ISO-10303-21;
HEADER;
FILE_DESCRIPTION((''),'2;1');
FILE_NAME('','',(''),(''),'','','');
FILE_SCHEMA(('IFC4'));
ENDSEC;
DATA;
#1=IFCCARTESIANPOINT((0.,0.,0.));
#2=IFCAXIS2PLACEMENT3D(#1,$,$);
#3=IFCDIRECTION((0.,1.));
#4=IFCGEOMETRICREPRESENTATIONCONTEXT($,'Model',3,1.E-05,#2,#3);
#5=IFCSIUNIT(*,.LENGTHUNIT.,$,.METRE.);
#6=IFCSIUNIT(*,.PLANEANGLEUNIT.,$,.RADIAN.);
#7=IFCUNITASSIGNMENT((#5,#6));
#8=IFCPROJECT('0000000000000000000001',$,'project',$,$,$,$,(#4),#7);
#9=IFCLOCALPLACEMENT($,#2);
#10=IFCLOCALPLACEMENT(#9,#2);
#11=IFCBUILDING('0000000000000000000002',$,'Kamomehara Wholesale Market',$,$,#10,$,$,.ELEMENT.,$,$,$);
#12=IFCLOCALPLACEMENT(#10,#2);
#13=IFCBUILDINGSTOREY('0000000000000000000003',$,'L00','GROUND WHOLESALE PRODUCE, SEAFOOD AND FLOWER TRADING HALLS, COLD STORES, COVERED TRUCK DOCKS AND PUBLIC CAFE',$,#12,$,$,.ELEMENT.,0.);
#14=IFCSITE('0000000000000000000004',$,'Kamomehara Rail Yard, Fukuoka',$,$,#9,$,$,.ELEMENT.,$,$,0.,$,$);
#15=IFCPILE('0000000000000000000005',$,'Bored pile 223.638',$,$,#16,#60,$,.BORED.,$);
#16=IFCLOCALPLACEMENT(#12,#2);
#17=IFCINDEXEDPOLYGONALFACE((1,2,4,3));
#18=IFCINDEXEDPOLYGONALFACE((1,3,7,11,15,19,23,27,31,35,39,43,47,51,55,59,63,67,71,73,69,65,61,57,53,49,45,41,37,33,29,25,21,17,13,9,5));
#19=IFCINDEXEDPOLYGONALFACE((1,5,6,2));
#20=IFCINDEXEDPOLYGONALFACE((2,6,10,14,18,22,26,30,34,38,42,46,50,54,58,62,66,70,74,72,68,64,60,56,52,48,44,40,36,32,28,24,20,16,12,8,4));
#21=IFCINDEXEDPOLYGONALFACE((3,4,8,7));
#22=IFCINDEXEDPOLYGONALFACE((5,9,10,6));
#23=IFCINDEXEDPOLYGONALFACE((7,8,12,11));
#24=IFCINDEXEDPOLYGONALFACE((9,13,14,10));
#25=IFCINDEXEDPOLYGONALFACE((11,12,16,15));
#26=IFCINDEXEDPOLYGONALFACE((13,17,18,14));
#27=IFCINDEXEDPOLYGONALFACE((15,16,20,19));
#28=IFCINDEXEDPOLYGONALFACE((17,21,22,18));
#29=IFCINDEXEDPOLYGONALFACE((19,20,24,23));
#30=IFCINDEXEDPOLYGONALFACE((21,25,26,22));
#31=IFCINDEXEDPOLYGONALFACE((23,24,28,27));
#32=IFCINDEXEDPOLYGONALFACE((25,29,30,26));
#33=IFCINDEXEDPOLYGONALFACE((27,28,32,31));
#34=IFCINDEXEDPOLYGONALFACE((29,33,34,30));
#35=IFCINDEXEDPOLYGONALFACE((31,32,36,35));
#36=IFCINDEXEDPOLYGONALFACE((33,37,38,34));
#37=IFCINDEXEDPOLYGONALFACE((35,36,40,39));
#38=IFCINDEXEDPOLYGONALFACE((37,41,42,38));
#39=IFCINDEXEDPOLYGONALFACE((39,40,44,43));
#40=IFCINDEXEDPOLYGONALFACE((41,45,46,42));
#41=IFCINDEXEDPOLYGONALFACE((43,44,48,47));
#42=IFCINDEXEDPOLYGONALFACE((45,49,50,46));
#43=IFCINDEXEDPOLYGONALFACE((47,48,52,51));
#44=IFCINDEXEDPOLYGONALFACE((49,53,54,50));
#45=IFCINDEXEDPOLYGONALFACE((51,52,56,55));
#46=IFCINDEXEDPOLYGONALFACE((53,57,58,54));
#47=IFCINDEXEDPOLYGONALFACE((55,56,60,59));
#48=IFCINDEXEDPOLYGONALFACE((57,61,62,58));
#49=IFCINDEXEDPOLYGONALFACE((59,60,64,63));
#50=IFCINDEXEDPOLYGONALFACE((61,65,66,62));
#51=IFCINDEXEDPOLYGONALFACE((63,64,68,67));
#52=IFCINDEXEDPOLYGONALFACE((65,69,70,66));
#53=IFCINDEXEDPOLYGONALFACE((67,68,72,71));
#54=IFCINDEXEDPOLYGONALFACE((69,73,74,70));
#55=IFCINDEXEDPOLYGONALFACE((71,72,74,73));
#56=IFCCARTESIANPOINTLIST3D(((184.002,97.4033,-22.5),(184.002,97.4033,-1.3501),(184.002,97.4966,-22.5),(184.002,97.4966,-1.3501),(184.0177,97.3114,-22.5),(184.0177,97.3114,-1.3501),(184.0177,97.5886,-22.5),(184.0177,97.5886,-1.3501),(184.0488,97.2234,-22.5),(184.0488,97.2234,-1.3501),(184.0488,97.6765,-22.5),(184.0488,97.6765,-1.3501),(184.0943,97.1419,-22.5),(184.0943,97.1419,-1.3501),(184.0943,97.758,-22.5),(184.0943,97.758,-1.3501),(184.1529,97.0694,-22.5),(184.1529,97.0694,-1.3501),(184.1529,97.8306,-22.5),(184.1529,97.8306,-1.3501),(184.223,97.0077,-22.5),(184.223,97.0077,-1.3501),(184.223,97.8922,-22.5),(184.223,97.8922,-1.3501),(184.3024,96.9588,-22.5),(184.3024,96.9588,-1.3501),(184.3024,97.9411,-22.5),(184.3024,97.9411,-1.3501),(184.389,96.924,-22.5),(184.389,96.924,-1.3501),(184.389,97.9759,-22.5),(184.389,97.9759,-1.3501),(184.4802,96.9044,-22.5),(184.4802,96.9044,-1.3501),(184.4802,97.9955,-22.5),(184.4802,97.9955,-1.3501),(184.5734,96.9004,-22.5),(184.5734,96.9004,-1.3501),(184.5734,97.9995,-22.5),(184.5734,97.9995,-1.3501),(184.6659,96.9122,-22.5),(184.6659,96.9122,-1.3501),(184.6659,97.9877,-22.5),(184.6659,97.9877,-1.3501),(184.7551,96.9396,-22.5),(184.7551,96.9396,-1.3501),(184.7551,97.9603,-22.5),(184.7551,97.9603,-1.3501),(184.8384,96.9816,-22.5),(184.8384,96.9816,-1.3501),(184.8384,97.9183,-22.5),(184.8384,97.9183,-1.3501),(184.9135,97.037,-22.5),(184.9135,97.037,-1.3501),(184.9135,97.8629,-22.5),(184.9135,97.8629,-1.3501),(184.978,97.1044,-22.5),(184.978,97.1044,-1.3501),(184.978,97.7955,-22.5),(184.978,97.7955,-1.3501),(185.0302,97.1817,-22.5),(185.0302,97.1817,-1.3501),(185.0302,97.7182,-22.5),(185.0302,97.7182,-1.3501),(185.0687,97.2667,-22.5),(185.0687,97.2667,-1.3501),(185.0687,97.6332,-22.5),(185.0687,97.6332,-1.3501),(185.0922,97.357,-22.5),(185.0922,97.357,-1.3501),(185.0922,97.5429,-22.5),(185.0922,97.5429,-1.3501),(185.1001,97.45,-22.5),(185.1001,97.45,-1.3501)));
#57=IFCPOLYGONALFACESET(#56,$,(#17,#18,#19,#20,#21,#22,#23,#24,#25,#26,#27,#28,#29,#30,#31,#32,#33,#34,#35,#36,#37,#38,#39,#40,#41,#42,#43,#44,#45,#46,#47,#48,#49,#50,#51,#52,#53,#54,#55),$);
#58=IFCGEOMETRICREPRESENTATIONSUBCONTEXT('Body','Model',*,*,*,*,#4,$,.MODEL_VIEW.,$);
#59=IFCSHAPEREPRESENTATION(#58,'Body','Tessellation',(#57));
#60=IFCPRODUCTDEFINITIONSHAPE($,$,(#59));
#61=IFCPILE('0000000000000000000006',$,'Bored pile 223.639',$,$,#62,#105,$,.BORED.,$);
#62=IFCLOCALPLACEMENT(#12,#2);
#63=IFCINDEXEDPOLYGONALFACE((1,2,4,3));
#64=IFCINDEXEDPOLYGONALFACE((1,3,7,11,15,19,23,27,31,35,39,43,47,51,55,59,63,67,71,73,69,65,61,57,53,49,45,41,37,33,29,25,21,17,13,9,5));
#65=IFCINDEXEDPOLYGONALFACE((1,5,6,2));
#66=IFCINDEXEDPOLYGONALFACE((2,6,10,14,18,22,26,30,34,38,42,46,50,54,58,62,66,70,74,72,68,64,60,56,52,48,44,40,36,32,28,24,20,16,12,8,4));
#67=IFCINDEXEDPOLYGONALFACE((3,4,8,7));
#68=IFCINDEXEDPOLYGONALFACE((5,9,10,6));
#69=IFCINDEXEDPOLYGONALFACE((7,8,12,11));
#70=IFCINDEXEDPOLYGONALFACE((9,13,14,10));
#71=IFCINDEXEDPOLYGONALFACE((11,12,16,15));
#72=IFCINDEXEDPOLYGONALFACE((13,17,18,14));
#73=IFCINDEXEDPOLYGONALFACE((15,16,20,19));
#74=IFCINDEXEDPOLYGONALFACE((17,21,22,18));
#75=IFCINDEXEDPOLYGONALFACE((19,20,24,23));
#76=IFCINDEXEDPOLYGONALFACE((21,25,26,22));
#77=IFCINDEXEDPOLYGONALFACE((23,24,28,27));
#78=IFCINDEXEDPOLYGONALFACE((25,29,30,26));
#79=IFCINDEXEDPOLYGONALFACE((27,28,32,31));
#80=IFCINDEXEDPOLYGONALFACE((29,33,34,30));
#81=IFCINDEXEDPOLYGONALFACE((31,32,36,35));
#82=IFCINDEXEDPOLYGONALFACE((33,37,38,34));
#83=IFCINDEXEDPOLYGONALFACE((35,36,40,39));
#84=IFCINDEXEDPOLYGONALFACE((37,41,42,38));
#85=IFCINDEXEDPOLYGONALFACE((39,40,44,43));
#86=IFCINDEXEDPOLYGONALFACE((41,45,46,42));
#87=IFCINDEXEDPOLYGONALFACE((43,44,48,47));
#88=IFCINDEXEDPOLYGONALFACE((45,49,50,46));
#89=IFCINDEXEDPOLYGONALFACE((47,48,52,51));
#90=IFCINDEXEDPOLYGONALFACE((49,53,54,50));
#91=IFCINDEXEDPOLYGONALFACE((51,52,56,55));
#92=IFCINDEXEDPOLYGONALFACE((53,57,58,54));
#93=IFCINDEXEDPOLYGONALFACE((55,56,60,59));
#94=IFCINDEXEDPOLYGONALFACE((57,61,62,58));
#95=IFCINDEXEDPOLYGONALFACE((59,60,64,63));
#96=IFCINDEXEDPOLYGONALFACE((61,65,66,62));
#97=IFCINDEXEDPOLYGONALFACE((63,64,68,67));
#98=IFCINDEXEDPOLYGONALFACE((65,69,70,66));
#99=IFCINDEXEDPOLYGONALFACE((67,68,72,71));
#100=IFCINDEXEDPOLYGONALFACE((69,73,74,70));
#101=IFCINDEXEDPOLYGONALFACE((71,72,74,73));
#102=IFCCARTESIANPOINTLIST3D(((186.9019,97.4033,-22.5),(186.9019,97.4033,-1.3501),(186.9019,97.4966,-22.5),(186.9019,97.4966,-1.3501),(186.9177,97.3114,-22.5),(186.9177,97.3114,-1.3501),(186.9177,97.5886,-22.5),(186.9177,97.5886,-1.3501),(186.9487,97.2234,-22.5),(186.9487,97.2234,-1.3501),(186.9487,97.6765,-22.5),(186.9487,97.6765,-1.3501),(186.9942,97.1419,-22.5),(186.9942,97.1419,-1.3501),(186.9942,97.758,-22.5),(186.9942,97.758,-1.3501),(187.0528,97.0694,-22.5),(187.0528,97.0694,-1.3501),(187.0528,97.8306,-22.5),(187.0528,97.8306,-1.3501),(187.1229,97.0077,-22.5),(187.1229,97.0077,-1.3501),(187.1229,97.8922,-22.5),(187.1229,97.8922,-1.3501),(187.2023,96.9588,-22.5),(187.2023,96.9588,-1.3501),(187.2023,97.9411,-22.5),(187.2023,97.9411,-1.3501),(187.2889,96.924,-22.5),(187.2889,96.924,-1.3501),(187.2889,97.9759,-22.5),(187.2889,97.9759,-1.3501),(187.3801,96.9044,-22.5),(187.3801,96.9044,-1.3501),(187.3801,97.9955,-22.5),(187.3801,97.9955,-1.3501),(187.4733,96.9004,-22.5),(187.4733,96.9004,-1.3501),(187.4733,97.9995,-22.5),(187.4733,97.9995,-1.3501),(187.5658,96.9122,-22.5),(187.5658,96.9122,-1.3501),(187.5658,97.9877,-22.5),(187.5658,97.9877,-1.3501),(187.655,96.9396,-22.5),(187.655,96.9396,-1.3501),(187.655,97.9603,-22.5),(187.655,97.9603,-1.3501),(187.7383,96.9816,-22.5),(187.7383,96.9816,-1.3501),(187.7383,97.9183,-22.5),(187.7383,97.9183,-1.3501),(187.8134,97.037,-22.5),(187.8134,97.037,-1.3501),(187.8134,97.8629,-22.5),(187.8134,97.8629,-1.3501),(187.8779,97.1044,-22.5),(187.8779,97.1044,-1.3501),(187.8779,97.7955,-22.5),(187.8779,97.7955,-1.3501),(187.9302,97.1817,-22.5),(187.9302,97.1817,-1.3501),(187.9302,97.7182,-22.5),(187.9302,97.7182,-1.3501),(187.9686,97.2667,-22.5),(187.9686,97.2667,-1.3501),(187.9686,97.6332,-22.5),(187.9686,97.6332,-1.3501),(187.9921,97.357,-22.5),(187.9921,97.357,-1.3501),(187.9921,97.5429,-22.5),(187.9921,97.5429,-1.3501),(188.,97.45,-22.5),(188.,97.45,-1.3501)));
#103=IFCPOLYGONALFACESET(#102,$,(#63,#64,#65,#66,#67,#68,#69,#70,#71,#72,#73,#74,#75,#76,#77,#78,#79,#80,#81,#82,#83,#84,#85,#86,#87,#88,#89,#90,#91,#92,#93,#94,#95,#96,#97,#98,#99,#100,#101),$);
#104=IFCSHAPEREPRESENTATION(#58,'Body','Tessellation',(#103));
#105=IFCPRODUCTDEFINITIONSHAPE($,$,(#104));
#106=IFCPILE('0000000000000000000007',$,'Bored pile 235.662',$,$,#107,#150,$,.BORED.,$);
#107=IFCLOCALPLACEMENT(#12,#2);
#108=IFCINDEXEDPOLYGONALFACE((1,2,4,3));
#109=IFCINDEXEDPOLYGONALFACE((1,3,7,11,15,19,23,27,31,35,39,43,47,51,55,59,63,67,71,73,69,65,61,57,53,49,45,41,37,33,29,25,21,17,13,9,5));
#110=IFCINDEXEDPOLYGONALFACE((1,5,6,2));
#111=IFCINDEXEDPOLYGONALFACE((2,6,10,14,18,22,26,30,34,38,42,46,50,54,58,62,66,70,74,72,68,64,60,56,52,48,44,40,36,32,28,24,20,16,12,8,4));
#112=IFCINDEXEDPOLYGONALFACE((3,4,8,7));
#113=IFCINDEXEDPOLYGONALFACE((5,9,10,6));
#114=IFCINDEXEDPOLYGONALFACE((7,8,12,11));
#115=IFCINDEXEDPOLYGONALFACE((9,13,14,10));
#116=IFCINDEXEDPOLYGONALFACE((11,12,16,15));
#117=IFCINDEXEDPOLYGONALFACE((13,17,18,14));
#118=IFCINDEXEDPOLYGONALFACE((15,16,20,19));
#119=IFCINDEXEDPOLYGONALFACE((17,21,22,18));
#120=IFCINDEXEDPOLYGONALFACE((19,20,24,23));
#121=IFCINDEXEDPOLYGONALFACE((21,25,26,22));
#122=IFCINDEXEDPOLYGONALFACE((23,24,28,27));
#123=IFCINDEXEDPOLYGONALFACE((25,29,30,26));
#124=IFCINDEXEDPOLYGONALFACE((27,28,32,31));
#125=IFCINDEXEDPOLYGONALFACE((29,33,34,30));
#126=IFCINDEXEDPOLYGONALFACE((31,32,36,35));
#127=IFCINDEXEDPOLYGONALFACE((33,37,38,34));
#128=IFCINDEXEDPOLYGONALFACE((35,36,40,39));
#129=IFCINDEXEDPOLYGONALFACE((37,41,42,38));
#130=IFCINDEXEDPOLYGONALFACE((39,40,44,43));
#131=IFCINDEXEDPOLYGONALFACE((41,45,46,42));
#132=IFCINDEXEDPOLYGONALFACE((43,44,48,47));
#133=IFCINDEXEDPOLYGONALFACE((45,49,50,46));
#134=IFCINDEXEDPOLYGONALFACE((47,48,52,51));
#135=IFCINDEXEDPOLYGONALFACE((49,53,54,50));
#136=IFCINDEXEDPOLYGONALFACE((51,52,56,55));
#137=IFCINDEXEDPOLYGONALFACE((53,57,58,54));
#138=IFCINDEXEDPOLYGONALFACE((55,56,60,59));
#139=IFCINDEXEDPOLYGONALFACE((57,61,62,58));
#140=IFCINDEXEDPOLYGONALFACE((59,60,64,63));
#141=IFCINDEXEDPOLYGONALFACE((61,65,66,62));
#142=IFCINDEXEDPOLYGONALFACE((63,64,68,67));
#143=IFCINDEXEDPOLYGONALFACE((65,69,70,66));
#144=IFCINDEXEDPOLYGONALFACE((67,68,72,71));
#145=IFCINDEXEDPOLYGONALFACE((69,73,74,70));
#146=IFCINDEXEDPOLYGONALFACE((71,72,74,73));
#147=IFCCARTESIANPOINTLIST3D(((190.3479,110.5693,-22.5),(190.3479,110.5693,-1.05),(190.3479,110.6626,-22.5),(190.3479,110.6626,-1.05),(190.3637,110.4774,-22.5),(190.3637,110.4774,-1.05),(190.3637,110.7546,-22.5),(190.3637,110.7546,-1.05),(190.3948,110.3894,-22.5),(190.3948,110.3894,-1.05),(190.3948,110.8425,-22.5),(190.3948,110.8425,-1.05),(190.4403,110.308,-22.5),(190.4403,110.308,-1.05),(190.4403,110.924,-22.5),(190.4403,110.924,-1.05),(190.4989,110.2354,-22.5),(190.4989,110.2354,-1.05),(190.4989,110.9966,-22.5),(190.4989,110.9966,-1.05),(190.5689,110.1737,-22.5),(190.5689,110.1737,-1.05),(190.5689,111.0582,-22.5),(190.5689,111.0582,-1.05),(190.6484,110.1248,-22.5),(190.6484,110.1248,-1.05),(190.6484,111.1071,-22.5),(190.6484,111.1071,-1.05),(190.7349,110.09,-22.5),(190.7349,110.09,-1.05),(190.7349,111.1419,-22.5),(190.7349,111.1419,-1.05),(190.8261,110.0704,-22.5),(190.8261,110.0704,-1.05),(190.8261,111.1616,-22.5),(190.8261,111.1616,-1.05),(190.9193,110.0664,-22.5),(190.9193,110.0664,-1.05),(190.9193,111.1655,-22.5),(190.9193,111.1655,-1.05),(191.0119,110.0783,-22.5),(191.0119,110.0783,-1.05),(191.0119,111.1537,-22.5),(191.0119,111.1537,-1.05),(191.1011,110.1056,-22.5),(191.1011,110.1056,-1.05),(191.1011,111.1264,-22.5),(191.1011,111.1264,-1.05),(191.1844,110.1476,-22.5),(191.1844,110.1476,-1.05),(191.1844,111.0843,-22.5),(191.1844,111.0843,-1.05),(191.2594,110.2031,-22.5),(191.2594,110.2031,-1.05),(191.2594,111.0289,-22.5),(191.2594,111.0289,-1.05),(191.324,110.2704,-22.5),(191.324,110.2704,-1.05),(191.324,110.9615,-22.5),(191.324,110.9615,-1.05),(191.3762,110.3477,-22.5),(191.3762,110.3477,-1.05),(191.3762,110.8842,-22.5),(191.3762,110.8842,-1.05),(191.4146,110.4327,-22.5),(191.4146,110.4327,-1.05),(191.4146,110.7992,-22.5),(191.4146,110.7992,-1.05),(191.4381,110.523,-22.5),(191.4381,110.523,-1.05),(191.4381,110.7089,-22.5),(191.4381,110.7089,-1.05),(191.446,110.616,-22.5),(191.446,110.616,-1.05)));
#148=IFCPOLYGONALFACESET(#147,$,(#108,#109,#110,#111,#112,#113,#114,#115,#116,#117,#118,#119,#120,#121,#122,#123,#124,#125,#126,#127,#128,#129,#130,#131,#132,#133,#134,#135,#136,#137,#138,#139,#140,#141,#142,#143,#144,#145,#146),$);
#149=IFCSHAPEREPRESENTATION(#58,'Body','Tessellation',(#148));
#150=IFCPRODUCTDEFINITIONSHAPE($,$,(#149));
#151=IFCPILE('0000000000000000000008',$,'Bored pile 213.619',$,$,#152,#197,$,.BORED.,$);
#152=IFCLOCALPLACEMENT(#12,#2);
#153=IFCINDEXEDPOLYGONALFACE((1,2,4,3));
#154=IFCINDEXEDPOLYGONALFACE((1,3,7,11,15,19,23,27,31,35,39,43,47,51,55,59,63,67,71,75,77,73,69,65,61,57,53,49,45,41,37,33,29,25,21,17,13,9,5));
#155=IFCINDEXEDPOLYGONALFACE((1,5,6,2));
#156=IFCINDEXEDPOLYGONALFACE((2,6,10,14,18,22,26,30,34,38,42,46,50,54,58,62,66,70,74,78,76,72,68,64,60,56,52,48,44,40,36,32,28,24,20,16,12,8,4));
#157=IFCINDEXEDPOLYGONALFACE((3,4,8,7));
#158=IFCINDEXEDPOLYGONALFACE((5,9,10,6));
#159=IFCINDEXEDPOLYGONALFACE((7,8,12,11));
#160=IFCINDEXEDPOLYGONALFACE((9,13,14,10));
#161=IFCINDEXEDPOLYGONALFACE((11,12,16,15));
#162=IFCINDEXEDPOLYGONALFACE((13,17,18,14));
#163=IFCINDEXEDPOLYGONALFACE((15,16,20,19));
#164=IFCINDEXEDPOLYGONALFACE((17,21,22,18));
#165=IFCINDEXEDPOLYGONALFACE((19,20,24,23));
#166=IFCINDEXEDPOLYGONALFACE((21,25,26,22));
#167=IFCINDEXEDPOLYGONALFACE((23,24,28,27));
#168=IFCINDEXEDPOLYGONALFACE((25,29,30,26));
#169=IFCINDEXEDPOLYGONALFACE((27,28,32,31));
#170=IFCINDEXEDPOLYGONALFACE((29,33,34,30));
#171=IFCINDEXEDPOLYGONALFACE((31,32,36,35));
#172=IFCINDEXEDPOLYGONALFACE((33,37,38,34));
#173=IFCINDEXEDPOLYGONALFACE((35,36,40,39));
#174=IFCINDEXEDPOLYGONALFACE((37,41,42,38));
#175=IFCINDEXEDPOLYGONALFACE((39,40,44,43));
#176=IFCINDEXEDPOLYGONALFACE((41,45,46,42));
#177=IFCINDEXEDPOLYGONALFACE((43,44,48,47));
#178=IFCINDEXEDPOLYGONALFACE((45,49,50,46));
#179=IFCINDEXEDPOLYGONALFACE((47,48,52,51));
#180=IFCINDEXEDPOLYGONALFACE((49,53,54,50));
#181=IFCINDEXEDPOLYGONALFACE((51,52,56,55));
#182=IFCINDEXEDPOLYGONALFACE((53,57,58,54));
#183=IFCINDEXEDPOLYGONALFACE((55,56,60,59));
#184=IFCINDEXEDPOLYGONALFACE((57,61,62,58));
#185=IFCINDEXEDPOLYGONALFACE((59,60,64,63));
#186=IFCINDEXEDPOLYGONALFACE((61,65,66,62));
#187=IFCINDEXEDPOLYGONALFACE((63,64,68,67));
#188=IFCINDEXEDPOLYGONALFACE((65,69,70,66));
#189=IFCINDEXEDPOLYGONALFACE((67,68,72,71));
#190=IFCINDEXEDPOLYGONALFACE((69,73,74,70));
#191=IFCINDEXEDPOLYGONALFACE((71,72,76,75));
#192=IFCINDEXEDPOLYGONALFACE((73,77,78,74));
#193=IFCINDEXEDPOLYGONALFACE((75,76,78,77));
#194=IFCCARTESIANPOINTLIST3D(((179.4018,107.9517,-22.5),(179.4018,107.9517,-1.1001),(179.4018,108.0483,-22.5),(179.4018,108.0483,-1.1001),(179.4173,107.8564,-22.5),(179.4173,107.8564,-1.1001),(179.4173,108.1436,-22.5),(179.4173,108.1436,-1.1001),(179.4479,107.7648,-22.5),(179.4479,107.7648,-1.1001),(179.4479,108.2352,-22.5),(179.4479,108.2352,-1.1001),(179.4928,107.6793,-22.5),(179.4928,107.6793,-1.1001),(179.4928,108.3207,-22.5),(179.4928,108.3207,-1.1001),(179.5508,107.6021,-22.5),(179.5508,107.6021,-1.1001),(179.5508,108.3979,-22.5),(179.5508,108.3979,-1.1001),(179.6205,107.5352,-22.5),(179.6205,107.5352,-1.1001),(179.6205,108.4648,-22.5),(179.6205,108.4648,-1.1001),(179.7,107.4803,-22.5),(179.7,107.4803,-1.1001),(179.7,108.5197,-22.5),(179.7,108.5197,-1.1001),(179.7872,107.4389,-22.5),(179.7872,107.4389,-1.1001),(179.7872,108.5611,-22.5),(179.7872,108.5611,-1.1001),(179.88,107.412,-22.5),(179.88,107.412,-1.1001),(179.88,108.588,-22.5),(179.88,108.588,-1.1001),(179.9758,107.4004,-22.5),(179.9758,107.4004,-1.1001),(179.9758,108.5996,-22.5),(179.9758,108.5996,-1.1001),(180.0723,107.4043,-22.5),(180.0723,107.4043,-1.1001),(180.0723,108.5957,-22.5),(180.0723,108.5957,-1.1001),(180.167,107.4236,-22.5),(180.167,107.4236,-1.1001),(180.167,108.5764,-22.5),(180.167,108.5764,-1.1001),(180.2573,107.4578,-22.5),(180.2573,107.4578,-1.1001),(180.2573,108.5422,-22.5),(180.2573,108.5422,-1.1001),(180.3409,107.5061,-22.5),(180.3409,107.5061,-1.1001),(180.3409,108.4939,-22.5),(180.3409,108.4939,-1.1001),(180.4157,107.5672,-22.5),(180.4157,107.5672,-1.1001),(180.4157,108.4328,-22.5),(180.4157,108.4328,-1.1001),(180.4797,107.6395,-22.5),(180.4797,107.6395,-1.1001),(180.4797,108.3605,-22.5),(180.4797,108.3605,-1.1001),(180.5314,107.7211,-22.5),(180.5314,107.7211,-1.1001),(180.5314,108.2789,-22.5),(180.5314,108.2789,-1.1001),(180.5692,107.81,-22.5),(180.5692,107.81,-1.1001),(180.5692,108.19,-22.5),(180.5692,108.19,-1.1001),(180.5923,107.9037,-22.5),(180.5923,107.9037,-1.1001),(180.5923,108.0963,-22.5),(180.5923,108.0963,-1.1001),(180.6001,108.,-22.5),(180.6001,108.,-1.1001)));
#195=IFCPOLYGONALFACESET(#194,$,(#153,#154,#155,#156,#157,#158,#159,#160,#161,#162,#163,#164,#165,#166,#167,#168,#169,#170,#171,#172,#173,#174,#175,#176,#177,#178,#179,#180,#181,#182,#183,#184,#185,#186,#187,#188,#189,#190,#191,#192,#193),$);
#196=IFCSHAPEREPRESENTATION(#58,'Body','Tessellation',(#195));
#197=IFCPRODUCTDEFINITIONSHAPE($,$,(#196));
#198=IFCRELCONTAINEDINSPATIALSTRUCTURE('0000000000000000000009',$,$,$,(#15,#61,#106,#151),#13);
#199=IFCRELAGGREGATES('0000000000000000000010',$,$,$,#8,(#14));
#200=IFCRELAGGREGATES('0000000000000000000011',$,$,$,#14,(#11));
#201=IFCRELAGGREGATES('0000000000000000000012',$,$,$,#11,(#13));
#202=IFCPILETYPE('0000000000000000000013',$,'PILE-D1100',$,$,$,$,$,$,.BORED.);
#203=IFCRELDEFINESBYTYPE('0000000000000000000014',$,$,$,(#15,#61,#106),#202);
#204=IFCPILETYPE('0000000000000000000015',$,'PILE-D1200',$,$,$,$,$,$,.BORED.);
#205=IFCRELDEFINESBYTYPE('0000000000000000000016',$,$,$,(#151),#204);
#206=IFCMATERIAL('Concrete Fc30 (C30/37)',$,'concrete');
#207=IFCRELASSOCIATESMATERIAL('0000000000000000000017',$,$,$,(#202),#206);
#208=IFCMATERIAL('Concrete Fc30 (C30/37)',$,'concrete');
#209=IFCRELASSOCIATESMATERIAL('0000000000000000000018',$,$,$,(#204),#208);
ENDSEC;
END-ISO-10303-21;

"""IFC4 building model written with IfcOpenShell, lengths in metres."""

from ifc_helpers import new_model, si_unit, direction, frame, origin, origin_2d, place, context, subcontext, project, spatial, circle, extrude, material, material_profile, profile_set, type_object, element, save


model = new_model("IFC4")

# Units and contexts
model_context = context("Model", 3, precision=1e-05, world=origin(), true_north=direction((0.0, 1.0)))
body_context = subcontext(model_context, "Body", "Model", "MODEL_VIEW")
ifc_project = project(units=[si_unit("LENGTHUNIT", "METRE"), si_unit("PLANEANGLEUNIT", "RADIAN")], contexts=[model_context])

# Site, building, storey
site_placement = place(None, origin())
site = spatial("IfcSite", under=ifc_project, at=site_placement, Name="Kamomehara Rail Yard, Fukuoka", CompositionType="ELEMENT", RefElevation=0.0)
building_placement = place(site_placement, origin())
building = spatial("IfcBuilding", under=site, at=building_placement, Name="Kamomehara Wholesale Market", CompositionType="ELEMENT")
storey_placement = place(building_placement, origin())
storey = spatial("IfcBuildingStorey", under=building, at=storey_placement, Name="L00", Description="GROUND WHOLESALE PRODUCE, SEAFOOD AND FLOWER TRADING HALLS, COLD STORES, COVERED TRUCK DOCKS AND PUBLIC CAFE", CompositionType="ELEMENT", Elevation=0.0)

# Piles
ifc_material_1 = material(Name="Concrete Fc30 (C30/37)", Category="concrete")
ifc_material_profile_1 = material_profile(ifc_material_1, circle(Radius=0.55, at=origin_2d()), Name="RC-PILE-D1100")
ifc_profile_set_1 = profile_set([ifc_material_profile_1], Name="Concrete Fc30 (C30/37)")
pile_type_1 = type_object("IfcPileType", Name="PILE-D1100", PredefinedType="BORED", material=ifc_profile_set_1)
for number, where, z_axis, x_axis, name in (
    (1, (184.55, 97.45, -1.3501), (0.0, 0.0, -1.0), (1.0, 0.0, 0.0), "Bored pile 223.638"),
    (2, (187.45, 97.45, -1.3501), (0.0, 0.0, -1.0), (1.0, 0.0, 0.0), "Bored pile 223.639"),
):
    element("IfcPile", number, at=place(storey_placement, frame(where, z_axis=z_axis, x_axis=x_axis)), inside=storey, type_object=pile_type_1, Name=name, PredefinedType="BORED", context=body_context, shape_type="SweptSolid", body=[
        extrude(circle(Radius=0.55, at=origin_2d()), origin(), (0.0, 0.0, 1.0), 21.1499),
    ])
pile_placement = place(storey_placement, frame((190.896, 110.616, -1.05), z_axis=(0.0, 0.0, -1.0), x_axis=(1.0, 0.0, 0.0)))
element("IfcPile", 3, at=pile_placement, inside=storey, type_object=pile_type_1, Name="Bored pile 235.662", PredefinedType="BORED", context=body_context, shape_type="SweptSolid", body=[
    extrude(circle(Radius=0.55, at=origin_2d()), origin(), (0.0, 0.0, 1.0), 21.45),
])
ifc_material_2 = material(Name="Concrete Fc30 (C30/37)", Category="concrete")
ifc_material_profile_2 = material_profile(ifc_material_2, circle(Radius=0.6001, at=origin_2d()), Name="RC-PILE-D1200")
ifc_profile_set_2 = profile_set([ifc_material_profile_2], Name="Concrete Fc30 (C30/37)")
pile_type_2 = type_object("IfcPileType", Name="PILE-D1200", PredefinedType="BORED", material=ifc_profile_set_2)
for number, where, z_axis, x_axis, name in (
    (4, (180.0, 108.0, -1.1001), (0.0, 0.0, -1.0), (1.0, 0.0, 0.0), "Bored pile 213.619"),
):
    element("IfcPile", number, at=place(storey_placement, frame(where, z_axis=z_axis, x_axis=x_axis)), inside=storey, type_object=pile_type_2, Name=name, PredefinedType="BORED", context=body_context, shape_type="SweptSolid", body=[
        extrude(circle(Radius=0.6001, at=origin_2d()), origin(), (0.0, 0.0, 1.0), 21.3999),
    ])

save(model, "model.ifc")
